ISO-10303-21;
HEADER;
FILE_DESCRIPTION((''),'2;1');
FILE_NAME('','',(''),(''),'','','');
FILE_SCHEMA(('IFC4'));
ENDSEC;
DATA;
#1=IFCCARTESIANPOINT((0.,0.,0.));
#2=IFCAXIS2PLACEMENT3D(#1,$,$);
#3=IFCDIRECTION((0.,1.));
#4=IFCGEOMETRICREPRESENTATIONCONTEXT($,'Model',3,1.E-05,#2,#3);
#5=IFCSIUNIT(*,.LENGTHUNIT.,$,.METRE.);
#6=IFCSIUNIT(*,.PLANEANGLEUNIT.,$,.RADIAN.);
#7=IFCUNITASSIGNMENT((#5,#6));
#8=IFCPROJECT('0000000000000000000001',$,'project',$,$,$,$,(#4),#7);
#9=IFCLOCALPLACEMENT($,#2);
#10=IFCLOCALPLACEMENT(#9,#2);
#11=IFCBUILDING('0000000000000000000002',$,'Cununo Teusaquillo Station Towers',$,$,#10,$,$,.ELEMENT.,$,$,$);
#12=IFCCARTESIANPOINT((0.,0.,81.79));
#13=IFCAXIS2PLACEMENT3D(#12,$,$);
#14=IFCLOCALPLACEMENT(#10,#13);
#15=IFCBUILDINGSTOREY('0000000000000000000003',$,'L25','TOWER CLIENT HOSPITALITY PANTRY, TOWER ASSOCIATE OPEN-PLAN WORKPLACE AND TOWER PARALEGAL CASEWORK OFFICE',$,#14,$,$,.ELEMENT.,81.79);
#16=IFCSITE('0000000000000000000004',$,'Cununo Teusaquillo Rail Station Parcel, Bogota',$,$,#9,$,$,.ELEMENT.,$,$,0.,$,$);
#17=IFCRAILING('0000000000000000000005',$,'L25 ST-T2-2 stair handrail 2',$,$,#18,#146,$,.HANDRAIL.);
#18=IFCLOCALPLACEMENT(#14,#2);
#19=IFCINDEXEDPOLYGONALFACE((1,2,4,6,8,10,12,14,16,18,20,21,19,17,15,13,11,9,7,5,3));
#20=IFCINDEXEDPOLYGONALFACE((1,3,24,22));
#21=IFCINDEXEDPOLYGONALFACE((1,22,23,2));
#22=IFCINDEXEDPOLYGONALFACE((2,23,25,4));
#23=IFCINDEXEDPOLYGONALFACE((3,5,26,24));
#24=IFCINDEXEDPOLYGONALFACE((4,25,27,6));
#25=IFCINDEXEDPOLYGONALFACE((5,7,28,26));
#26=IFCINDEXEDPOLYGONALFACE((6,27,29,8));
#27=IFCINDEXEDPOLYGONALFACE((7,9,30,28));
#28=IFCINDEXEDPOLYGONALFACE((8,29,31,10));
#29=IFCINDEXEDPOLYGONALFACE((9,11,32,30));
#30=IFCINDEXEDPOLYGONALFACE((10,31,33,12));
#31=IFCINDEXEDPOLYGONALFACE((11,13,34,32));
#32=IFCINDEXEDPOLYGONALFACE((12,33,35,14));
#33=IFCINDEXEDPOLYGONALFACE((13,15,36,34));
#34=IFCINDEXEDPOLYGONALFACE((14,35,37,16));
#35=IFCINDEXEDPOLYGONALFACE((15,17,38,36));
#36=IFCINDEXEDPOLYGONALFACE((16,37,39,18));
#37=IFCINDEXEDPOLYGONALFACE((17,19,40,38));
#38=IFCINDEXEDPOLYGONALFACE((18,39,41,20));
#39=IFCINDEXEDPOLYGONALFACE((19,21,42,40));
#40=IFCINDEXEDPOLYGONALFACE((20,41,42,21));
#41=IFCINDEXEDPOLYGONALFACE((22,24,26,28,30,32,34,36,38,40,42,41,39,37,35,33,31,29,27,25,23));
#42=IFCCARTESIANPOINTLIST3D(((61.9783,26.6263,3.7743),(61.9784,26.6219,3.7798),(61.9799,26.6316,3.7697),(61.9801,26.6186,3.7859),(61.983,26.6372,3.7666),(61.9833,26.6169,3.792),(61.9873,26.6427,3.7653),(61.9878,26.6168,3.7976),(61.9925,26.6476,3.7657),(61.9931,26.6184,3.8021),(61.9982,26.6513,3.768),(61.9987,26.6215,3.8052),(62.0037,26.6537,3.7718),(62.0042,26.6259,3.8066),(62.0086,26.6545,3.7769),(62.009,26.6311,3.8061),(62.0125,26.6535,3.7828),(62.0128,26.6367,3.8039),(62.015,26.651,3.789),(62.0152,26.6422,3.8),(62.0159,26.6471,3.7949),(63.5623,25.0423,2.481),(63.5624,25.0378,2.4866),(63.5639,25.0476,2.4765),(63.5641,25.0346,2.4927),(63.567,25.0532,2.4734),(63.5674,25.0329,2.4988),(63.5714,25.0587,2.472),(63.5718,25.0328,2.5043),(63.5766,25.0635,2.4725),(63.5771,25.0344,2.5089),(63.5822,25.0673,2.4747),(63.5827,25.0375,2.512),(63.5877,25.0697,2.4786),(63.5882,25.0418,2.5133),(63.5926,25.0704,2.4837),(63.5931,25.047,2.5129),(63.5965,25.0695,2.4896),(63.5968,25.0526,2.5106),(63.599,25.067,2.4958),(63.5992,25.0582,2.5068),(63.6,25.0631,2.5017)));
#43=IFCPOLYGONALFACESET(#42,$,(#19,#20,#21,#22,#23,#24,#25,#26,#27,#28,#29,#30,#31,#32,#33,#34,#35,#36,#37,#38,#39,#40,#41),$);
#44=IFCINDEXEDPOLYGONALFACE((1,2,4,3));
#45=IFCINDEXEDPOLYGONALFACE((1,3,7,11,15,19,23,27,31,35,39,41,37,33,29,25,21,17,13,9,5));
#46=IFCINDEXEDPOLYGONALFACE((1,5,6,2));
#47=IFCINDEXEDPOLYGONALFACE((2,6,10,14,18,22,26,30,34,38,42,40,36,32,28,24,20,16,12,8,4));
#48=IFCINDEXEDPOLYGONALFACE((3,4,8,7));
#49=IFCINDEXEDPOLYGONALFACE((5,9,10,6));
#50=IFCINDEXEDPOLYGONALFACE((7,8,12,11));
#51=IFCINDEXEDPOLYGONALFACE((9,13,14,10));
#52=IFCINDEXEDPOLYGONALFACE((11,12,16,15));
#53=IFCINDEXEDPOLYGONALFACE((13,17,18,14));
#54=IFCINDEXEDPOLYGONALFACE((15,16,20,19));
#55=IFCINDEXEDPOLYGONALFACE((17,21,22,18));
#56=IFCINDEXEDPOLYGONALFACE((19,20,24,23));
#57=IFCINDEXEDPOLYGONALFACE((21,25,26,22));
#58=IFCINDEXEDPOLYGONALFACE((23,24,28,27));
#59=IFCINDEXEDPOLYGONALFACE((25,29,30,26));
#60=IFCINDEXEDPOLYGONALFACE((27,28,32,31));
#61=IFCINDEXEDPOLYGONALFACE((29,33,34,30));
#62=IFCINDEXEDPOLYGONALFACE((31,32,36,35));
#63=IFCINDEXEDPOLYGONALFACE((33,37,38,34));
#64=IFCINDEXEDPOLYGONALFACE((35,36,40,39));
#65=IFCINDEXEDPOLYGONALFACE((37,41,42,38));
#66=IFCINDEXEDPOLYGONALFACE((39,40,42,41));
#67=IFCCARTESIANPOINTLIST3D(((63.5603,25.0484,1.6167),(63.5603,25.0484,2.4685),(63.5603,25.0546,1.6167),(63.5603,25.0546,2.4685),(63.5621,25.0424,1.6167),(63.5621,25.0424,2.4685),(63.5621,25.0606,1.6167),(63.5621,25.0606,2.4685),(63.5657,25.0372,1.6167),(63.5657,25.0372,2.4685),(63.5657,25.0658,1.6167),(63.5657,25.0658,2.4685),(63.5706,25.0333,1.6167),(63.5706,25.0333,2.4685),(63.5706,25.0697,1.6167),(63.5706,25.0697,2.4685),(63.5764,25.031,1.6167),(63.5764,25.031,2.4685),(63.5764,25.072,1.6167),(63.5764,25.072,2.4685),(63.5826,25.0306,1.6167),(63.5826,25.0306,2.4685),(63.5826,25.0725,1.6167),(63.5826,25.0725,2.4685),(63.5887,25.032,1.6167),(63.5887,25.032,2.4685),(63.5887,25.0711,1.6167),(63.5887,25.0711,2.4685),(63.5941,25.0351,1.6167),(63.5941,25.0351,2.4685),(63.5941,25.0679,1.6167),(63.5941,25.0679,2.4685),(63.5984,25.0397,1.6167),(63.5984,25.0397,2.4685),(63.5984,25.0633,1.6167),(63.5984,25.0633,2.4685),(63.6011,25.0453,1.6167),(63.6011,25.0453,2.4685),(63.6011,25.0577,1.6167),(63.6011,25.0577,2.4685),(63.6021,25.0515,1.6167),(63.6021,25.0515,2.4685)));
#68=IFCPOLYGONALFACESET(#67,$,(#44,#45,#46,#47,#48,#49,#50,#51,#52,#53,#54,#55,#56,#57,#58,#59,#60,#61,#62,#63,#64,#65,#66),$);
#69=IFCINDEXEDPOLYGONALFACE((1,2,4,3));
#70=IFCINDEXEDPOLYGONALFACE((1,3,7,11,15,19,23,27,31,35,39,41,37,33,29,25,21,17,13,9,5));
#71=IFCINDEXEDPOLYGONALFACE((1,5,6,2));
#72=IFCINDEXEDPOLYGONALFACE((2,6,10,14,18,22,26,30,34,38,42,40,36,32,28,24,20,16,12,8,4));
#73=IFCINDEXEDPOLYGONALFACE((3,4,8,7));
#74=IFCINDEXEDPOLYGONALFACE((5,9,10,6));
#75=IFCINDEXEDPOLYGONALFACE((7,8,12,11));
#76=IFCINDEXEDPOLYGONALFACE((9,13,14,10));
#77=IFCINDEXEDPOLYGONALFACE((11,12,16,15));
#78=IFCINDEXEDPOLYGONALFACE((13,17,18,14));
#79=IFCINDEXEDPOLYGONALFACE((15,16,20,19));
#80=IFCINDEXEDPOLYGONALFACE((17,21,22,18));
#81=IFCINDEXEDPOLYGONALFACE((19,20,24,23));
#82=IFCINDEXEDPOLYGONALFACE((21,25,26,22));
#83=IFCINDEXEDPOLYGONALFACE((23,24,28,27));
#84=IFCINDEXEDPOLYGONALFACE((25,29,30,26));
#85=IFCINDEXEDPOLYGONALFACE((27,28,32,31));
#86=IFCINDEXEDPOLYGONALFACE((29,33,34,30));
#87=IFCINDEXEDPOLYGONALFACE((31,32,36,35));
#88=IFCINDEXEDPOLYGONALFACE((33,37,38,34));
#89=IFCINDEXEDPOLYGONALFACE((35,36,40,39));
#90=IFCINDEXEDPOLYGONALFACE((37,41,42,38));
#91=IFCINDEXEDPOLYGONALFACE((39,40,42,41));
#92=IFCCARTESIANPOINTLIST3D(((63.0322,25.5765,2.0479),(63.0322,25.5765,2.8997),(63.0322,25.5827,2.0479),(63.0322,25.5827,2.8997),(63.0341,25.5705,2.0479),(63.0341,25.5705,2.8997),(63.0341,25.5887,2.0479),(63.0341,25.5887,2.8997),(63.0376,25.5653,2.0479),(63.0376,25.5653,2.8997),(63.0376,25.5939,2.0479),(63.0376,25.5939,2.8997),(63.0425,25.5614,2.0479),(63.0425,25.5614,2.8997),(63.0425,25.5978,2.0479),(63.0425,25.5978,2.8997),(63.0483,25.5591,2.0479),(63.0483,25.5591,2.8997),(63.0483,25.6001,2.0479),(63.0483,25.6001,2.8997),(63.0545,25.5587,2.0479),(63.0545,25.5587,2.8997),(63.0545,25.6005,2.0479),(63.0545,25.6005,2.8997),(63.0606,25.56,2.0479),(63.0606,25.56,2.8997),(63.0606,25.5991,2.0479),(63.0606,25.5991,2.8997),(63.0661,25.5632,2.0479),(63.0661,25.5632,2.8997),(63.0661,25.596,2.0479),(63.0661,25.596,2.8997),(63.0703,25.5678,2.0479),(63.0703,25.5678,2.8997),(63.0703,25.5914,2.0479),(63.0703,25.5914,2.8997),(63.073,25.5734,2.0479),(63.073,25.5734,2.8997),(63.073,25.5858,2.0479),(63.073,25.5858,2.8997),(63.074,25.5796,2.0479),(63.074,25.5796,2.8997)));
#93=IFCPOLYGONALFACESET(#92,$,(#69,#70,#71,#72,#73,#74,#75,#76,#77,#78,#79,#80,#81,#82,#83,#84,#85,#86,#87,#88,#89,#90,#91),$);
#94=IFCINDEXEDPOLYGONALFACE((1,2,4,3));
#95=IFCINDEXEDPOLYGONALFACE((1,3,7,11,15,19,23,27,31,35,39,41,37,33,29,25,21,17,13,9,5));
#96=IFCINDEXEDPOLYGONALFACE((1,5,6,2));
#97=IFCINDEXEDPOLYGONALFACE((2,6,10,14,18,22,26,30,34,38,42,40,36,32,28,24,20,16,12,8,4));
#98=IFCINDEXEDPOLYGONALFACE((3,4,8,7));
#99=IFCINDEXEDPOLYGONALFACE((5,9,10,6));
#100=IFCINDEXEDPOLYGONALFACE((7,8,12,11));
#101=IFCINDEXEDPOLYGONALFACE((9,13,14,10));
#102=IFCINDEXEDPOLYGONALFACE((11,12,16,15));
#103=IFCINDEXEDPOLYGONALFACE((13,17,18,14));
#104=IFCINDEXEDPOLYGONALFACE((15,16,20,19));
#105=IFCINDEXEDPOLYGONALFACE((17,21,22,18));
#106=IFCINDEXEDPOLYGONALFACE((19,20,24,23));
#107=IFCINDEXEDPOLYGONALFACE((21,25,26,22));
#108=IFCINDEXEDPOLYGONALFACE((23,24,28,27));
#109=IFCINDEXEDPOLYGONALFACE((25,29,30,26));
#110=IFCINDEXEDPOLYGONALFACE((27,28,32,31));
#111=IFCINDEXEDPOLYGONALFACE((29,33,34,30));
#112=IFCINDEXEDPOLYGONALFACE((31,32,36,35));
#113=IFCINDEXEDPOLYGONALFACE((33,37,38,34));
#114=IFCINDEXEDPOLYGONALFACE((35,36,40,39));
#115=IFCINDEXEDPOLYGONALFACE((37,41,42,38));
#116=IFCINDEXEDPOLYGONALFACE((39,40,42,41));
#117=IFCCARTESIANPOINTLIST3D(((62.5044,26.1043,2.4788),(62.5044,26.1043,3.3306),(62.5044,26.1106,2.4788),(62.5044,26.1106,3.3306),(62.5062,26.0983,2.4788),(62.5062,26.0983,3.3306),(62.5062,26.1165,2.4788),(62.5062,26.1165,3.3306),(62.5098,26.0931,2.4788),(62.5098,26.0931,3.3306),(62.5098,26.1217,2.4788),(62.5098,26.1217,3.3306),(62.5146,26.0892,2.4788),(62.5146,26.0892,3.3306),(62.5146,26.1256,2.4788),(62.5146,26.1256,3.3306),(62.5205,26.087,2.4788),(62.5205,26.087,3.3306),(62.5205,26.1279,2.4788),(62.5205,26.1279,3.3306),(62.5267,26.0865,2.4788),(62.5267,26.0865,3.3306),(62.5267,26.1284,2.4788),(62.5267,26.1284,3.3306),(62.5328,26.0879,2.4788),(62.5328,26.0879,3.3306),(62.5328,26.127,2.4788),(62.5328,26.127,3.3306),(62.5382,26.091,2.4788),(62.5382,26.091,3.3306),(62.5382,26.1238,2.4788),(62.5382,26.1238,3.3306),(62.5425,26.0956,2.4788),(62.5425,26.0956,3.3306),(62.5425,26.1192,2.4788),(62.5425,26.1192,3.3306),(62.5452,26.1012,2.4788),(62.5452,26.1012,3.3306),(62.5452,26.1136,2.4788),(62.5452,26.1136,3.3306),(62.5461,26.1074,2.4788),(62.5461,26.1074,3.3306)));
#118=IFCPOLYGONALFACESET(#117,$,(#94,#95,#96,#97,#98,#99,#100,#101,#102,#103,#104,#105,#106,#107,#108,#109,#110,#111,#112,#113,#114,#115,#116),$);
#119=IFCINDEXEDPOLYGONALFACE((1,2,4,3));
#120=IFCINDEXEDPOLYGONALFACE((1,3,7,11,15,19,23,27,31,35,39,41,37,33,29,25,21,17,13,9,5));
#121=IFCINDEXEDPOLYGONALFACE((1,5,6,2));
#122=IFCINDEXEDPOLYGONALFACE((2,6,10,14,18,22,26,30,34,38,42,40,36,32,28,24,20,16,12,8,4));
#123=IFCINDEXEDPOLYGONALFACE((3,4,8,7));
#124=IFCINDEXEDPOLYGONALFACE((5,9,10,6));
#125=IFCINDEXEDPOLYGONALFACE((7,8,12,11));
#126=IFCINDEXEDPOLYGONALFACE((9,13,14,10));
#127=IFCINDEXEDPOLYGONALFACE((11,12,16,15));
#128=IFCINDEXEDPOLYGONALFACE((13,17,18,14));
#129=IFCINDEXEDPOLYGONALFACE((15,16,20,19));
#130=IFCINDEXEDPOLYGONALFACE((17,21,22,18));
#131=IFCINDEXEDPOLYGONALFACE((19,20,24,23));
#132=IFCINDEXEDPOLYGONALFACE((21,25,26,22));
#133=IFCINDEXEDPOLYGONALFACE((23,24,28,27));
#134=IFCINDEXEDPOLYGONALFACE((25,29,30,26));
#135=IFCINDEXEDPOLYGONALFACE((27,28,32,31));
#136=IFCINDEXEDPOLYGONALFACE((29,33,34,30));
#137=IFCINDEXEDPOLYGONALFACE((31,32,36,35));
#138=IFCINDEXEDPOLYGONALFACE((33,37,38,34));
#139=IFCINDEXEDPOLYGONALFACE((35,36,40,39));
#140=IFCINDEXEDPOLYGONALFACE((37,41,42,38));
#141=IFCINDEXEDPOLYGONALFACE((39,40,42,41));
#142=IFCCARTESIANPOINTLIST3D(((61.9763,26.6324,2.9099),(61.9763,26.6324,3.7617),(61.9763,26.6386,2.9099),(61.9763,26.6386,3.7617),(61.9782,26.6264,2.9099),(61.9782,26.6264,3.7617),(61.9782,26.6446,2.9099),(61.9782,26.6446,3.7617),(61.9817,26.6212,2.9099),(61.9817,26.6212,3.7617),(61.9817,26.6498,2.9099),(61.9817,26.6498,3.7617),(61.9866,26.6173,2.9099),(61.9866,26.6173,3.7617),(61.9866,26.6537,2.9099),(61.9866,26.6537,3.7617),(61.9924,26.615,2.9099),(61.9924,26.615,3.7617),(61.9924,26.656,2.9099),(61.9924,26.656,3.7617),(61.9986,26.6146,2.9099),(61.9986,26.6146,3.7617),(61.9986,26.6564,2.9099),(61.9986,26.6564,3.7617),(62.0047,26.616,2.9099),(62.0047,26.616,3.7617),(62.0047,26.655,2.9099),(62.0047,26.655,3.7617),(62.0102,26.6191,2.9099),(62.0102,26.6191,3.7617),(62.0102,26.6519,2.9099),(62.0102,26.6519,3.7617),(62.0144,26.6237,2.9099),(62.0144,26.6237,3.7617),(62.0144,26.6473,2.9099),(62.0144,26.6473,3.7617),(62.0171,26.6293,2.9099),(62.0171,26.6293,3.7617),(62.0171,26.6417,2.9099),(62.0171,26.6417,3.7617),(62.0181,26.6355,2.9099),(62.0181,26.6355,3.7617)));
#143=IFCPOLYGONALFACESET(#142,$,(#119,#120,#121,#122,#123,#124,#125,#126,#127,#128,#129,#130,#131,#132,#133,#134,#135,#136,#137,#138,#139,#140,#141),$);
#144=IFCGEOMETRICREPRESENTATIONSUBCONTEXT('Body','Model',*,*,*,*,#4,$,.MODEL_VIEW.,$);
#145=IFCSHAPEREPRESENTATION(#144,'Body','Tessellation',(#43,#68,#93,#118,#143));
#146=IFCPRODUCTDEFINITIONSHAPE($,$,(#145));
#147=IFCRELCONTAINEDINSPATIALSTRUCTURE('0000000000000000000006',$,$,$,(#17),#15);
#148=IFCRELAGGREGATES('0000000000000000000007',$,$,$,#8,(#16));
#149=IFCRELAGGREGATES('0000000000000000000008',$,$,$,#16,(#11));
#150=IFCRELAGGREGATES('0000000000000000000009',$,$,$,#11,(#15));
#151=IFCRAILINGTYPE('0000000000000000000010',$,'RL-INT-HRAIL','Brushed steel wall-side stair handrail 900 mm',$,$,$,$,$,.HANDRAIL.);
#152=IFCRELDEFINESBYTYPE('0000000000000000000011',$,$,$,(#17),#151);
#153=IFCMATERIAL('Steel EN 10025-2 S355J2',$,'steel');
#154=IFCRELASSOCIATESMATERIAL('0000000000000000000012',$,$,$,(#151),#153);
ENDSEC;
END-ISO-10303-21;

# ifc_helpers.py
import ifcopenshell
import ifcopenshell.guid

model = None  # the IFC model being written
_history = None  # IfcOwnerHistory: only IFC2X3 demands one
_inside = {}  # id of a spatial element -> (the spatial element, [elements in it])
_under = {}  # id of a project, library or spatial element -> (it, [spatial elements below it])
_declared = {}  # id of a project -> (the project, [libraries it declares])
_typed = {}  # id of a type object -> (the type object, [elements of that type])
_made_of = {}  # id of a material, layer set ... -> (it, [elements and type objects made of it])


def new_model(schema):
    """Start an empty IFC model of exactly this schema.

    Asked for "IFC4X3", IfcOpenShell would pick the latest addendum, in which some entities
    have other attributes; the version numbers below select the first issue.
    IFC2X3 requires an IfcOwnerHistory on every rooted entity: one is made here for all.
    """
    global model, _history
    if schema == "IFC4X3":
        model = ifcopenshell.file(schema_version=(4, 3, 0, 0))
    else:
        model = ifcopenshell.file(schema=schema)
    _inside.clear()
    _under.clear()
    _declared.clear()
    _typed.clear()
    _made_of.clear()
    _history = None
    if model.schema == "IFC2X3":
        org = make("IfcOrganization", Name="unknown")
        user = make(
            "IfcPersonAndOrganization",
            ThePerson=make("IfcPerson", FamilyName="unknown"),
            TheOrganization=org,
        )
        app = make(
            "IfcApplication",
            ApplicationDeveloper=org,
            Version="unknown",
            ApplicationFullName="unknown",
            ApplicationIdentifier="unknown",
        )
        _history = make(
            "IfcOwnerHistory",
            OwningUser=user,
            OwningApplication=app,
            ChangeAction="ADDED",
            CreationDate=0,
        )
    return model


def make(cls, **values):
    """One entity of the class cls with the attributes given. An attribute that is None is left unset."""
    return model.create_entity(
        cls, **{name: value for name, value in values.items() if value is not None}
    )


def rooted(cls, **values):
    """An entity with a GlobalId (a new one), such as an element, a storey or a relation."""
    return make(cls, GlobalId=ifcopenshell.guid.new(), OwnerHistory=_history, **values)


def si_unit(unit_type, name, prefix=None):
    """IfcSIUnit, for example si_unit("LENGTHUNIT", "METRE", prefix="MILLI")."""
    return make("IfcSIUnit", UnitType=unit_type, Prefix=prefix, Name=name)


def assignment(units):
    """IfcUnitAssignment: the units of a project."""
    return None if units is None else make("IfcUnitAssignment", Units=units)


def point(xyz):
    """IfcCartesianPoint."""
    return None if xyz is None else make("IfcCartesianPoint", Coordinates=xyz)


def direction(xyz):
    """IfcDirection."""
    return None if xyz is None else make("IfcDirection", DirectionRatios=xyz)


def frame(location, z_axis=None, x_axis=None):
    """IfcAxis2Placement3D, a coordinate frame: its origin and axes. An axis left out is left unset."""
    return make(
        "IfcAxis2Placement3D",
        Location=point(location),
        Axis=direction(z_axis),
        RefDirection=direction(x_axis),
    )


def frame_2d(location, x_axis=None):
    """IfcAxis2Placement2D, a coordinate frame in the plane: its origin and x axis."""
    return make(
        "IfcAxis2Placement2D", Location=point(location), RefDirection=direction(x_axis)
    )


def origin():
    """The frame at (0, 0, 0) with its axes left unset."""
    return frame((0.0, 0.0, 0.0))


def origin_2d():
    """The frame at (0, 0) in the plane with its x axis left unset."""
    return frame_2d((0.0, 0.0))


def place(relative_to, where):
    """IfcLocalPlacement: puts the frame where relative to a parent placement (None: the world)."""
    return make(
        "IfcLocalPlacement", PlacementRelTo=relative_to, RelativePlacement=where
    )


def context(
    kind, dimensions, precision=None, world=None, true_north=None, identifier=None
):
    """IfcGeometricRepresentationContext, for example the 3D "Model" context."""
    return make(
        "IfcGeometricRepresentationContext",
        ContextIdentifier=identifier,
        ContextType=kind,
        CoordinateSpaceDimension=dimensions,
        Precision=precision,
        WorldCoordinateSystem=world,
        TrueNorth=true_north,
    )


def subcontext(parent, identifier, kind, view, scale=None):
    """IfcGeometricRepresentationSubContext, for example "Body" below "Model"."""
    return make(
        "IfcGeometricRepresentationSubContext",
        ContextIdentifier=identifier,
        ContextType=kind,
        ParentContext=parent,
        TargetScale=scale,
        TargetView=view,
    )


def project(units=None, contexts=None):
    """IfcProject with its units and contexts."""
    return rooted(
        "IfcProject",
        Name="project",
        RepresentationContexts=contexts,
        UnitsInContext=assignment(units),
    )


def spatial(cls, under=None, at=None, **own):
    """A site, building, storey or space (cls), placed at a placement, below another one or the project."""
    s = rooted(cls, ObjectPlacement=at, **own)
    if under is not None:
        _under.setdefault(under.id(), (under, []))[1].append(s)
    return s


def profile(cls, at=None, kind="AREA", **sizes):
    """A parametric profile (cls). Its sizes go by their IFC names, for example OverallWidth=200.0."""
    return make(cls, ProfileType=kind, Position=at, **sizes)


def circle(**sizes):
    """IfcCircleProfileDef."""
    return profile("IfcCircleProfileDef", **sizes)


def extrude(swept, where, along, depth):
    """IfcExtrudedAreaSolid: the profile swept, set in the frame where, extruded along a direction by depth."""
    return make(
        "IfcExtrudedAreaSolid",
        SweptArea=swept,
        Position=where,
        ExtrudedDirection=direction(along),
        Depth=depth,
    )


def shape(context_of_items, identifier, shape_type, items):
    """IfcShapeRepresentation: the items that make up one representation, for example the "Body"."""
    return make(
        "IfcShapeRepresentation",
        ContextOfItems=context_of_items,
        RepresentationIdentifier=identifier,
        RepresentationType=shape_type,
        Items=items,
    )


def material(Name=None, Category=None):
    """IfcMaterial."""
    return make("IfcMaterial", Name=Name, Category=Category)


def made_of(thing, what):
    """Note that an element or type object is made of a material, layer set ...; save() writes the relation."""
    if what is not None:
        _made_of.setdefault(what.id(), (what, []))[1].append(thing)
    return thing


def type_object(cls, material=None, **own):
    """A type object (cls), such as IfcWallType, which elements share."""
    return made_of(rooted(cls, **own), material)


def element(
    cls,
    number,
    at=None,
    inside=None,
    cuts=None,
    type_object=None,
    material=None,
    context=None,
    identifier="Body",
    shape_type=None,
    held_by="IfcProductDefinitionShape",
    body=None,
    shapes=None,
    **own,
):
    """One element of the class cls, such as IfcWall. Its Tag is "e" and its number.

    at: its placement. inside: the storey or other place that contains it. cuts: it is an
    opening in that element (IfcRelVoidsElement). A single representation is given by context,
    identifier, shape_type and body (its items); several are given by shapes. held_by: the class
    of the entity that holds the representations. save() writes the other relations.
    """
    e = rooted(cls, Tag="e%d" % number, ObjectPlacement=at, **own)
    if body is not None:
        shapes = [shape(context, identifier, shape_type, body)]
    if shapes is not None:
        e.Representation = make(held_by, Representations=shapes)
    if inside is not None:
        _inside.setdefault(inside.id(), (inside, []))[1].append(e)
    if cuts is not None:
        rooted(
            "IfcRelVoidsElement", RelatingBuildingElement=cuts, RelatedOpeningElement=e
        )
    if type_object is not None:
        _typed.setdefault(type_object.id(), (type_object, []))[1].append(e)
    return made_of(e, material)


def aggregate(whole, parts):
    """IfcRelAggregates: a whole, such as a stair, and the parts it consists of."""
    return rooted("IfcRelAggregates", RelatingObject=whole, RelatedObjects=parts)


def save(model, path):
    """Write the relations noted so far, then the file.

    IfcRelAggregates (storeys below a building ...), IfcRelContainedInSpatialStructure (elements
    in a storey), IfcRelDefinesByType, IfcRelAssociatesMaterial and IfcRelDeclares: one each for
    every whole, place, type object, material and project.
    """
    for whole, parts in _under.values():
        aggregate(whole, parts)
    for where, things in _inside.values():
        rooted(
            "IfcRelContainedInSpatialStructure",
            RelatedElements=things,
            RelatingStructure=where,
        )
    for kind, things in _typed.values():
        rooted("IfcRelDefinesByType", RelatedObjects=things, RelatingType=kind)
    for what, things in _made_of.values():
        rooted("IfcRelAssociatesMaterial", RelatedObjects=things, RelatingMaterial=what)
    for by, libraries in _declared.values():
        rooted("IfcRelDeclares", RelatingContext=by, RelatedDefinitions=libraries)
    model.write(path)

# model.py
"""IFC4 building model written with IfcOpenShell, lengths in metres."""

from ifc_helpers import new_model, si_unit, direction, frame, origin, origin_2d, place, context, subcontext, project, spatial, circle, extrude, material, type_object, element, save


model = new_model("IFC4")

# Units and contexts
model_context = context("Model", 3, precision=1e-05, world=origin(), true_north=direction((0.0, 1.0)))
body_context = subcontext(model_context, "Body", "Model", "MODEL_VIEW")
ifc_project = project(units=[si_unit("LENGTHUNIT", "METRE"), si_unit("PLANEANGLEUNIT", "RADIAN")], contexts=[model_context])

# Site, building, storey
site_placement = place(None, origin())
site = spatial("IfcSite", under=ifc_project, at=site_placement, Name="Cununo Teusaquillo Rail Station Parcel, Bogota", CompositionType="ELEMENT", RefElevation=0.0)
building_placement = place(site_placement, origin())
building = spatial("IfcBuilding", under=site, at=building_placement, Name="Cununo Teusaquillo Station Towers", CompositionType="ELEMENT")
storey_placement = place(building_placement, frame((0.0, 0.0, 81.79)))
storey = spatial("IfcBuildingStorey", under=building, at=storey_placement, Name="L25", Description="TOWER CLIENT HOSPITALITY PANTRY, TOWER ASSOCIATE OPEN-PLAN WORKPLACE AND TOWER PARALEGAL CASEWORK OFFICE", CompositionType="ELEMENT", Elevation=81.79)

# Railing
ifc_material_1 = material(Name="Steel EN 10025-2 S355J2", Category="steel")
railing_type_1 = type_object("IfcRailingType", Name="RL-INT-HRAIL", Description="Brushed steel wall-side stair handrail 900 mm", PredefinedType="HANDRAIL", material=ifc_material_1)
railing_1_placement = place(storey_placement, frame((63.5811, 25.0515, 1.6167)))
element("IfcRailing", 1, at=railing_1_placement, inside=storey, type_object=railing_type_1, Name="L25 ST-T2-2 stair handrail 2", PredefinedType="HANDRAIL", context=body_context, shape_type="SweptSolid", body=[
    extrude(circle(Radius=0.0239, at=origin_2d()), frame((0.0, 0.0, 0.876), z_axis=(-0.612385, 0.612385, 0.49997), x_axis=(-0.707107, -0.707107, 0.0)), (0.0, 0.0, 1.0), 2.5867),
    extrude(circle(Radius=0.021, at=origin_2d()), origin(), (0.0, 0.0, 1.0), 0.8518),
    extrude(circle(Radius=0.021, at=origin_2d()), frame((-0.5281, 0.5281, 0.4312)), (0.0, 0.0, 1.0), 0.8518),
    extrude(circle(Radius=0.021, at=origin_2d()), frame((-1.0559, 1.0559, 0.8621)), (0.0, 0.0, 1.0), 0.8518),
    extrude(circle(Radius=0.021, at=origin_2d()), frame((-1.584, 1.584, 1.2932)), (0.0, 0.0, 1.0), 0.8518),
])

save(model, "model.ifc")
